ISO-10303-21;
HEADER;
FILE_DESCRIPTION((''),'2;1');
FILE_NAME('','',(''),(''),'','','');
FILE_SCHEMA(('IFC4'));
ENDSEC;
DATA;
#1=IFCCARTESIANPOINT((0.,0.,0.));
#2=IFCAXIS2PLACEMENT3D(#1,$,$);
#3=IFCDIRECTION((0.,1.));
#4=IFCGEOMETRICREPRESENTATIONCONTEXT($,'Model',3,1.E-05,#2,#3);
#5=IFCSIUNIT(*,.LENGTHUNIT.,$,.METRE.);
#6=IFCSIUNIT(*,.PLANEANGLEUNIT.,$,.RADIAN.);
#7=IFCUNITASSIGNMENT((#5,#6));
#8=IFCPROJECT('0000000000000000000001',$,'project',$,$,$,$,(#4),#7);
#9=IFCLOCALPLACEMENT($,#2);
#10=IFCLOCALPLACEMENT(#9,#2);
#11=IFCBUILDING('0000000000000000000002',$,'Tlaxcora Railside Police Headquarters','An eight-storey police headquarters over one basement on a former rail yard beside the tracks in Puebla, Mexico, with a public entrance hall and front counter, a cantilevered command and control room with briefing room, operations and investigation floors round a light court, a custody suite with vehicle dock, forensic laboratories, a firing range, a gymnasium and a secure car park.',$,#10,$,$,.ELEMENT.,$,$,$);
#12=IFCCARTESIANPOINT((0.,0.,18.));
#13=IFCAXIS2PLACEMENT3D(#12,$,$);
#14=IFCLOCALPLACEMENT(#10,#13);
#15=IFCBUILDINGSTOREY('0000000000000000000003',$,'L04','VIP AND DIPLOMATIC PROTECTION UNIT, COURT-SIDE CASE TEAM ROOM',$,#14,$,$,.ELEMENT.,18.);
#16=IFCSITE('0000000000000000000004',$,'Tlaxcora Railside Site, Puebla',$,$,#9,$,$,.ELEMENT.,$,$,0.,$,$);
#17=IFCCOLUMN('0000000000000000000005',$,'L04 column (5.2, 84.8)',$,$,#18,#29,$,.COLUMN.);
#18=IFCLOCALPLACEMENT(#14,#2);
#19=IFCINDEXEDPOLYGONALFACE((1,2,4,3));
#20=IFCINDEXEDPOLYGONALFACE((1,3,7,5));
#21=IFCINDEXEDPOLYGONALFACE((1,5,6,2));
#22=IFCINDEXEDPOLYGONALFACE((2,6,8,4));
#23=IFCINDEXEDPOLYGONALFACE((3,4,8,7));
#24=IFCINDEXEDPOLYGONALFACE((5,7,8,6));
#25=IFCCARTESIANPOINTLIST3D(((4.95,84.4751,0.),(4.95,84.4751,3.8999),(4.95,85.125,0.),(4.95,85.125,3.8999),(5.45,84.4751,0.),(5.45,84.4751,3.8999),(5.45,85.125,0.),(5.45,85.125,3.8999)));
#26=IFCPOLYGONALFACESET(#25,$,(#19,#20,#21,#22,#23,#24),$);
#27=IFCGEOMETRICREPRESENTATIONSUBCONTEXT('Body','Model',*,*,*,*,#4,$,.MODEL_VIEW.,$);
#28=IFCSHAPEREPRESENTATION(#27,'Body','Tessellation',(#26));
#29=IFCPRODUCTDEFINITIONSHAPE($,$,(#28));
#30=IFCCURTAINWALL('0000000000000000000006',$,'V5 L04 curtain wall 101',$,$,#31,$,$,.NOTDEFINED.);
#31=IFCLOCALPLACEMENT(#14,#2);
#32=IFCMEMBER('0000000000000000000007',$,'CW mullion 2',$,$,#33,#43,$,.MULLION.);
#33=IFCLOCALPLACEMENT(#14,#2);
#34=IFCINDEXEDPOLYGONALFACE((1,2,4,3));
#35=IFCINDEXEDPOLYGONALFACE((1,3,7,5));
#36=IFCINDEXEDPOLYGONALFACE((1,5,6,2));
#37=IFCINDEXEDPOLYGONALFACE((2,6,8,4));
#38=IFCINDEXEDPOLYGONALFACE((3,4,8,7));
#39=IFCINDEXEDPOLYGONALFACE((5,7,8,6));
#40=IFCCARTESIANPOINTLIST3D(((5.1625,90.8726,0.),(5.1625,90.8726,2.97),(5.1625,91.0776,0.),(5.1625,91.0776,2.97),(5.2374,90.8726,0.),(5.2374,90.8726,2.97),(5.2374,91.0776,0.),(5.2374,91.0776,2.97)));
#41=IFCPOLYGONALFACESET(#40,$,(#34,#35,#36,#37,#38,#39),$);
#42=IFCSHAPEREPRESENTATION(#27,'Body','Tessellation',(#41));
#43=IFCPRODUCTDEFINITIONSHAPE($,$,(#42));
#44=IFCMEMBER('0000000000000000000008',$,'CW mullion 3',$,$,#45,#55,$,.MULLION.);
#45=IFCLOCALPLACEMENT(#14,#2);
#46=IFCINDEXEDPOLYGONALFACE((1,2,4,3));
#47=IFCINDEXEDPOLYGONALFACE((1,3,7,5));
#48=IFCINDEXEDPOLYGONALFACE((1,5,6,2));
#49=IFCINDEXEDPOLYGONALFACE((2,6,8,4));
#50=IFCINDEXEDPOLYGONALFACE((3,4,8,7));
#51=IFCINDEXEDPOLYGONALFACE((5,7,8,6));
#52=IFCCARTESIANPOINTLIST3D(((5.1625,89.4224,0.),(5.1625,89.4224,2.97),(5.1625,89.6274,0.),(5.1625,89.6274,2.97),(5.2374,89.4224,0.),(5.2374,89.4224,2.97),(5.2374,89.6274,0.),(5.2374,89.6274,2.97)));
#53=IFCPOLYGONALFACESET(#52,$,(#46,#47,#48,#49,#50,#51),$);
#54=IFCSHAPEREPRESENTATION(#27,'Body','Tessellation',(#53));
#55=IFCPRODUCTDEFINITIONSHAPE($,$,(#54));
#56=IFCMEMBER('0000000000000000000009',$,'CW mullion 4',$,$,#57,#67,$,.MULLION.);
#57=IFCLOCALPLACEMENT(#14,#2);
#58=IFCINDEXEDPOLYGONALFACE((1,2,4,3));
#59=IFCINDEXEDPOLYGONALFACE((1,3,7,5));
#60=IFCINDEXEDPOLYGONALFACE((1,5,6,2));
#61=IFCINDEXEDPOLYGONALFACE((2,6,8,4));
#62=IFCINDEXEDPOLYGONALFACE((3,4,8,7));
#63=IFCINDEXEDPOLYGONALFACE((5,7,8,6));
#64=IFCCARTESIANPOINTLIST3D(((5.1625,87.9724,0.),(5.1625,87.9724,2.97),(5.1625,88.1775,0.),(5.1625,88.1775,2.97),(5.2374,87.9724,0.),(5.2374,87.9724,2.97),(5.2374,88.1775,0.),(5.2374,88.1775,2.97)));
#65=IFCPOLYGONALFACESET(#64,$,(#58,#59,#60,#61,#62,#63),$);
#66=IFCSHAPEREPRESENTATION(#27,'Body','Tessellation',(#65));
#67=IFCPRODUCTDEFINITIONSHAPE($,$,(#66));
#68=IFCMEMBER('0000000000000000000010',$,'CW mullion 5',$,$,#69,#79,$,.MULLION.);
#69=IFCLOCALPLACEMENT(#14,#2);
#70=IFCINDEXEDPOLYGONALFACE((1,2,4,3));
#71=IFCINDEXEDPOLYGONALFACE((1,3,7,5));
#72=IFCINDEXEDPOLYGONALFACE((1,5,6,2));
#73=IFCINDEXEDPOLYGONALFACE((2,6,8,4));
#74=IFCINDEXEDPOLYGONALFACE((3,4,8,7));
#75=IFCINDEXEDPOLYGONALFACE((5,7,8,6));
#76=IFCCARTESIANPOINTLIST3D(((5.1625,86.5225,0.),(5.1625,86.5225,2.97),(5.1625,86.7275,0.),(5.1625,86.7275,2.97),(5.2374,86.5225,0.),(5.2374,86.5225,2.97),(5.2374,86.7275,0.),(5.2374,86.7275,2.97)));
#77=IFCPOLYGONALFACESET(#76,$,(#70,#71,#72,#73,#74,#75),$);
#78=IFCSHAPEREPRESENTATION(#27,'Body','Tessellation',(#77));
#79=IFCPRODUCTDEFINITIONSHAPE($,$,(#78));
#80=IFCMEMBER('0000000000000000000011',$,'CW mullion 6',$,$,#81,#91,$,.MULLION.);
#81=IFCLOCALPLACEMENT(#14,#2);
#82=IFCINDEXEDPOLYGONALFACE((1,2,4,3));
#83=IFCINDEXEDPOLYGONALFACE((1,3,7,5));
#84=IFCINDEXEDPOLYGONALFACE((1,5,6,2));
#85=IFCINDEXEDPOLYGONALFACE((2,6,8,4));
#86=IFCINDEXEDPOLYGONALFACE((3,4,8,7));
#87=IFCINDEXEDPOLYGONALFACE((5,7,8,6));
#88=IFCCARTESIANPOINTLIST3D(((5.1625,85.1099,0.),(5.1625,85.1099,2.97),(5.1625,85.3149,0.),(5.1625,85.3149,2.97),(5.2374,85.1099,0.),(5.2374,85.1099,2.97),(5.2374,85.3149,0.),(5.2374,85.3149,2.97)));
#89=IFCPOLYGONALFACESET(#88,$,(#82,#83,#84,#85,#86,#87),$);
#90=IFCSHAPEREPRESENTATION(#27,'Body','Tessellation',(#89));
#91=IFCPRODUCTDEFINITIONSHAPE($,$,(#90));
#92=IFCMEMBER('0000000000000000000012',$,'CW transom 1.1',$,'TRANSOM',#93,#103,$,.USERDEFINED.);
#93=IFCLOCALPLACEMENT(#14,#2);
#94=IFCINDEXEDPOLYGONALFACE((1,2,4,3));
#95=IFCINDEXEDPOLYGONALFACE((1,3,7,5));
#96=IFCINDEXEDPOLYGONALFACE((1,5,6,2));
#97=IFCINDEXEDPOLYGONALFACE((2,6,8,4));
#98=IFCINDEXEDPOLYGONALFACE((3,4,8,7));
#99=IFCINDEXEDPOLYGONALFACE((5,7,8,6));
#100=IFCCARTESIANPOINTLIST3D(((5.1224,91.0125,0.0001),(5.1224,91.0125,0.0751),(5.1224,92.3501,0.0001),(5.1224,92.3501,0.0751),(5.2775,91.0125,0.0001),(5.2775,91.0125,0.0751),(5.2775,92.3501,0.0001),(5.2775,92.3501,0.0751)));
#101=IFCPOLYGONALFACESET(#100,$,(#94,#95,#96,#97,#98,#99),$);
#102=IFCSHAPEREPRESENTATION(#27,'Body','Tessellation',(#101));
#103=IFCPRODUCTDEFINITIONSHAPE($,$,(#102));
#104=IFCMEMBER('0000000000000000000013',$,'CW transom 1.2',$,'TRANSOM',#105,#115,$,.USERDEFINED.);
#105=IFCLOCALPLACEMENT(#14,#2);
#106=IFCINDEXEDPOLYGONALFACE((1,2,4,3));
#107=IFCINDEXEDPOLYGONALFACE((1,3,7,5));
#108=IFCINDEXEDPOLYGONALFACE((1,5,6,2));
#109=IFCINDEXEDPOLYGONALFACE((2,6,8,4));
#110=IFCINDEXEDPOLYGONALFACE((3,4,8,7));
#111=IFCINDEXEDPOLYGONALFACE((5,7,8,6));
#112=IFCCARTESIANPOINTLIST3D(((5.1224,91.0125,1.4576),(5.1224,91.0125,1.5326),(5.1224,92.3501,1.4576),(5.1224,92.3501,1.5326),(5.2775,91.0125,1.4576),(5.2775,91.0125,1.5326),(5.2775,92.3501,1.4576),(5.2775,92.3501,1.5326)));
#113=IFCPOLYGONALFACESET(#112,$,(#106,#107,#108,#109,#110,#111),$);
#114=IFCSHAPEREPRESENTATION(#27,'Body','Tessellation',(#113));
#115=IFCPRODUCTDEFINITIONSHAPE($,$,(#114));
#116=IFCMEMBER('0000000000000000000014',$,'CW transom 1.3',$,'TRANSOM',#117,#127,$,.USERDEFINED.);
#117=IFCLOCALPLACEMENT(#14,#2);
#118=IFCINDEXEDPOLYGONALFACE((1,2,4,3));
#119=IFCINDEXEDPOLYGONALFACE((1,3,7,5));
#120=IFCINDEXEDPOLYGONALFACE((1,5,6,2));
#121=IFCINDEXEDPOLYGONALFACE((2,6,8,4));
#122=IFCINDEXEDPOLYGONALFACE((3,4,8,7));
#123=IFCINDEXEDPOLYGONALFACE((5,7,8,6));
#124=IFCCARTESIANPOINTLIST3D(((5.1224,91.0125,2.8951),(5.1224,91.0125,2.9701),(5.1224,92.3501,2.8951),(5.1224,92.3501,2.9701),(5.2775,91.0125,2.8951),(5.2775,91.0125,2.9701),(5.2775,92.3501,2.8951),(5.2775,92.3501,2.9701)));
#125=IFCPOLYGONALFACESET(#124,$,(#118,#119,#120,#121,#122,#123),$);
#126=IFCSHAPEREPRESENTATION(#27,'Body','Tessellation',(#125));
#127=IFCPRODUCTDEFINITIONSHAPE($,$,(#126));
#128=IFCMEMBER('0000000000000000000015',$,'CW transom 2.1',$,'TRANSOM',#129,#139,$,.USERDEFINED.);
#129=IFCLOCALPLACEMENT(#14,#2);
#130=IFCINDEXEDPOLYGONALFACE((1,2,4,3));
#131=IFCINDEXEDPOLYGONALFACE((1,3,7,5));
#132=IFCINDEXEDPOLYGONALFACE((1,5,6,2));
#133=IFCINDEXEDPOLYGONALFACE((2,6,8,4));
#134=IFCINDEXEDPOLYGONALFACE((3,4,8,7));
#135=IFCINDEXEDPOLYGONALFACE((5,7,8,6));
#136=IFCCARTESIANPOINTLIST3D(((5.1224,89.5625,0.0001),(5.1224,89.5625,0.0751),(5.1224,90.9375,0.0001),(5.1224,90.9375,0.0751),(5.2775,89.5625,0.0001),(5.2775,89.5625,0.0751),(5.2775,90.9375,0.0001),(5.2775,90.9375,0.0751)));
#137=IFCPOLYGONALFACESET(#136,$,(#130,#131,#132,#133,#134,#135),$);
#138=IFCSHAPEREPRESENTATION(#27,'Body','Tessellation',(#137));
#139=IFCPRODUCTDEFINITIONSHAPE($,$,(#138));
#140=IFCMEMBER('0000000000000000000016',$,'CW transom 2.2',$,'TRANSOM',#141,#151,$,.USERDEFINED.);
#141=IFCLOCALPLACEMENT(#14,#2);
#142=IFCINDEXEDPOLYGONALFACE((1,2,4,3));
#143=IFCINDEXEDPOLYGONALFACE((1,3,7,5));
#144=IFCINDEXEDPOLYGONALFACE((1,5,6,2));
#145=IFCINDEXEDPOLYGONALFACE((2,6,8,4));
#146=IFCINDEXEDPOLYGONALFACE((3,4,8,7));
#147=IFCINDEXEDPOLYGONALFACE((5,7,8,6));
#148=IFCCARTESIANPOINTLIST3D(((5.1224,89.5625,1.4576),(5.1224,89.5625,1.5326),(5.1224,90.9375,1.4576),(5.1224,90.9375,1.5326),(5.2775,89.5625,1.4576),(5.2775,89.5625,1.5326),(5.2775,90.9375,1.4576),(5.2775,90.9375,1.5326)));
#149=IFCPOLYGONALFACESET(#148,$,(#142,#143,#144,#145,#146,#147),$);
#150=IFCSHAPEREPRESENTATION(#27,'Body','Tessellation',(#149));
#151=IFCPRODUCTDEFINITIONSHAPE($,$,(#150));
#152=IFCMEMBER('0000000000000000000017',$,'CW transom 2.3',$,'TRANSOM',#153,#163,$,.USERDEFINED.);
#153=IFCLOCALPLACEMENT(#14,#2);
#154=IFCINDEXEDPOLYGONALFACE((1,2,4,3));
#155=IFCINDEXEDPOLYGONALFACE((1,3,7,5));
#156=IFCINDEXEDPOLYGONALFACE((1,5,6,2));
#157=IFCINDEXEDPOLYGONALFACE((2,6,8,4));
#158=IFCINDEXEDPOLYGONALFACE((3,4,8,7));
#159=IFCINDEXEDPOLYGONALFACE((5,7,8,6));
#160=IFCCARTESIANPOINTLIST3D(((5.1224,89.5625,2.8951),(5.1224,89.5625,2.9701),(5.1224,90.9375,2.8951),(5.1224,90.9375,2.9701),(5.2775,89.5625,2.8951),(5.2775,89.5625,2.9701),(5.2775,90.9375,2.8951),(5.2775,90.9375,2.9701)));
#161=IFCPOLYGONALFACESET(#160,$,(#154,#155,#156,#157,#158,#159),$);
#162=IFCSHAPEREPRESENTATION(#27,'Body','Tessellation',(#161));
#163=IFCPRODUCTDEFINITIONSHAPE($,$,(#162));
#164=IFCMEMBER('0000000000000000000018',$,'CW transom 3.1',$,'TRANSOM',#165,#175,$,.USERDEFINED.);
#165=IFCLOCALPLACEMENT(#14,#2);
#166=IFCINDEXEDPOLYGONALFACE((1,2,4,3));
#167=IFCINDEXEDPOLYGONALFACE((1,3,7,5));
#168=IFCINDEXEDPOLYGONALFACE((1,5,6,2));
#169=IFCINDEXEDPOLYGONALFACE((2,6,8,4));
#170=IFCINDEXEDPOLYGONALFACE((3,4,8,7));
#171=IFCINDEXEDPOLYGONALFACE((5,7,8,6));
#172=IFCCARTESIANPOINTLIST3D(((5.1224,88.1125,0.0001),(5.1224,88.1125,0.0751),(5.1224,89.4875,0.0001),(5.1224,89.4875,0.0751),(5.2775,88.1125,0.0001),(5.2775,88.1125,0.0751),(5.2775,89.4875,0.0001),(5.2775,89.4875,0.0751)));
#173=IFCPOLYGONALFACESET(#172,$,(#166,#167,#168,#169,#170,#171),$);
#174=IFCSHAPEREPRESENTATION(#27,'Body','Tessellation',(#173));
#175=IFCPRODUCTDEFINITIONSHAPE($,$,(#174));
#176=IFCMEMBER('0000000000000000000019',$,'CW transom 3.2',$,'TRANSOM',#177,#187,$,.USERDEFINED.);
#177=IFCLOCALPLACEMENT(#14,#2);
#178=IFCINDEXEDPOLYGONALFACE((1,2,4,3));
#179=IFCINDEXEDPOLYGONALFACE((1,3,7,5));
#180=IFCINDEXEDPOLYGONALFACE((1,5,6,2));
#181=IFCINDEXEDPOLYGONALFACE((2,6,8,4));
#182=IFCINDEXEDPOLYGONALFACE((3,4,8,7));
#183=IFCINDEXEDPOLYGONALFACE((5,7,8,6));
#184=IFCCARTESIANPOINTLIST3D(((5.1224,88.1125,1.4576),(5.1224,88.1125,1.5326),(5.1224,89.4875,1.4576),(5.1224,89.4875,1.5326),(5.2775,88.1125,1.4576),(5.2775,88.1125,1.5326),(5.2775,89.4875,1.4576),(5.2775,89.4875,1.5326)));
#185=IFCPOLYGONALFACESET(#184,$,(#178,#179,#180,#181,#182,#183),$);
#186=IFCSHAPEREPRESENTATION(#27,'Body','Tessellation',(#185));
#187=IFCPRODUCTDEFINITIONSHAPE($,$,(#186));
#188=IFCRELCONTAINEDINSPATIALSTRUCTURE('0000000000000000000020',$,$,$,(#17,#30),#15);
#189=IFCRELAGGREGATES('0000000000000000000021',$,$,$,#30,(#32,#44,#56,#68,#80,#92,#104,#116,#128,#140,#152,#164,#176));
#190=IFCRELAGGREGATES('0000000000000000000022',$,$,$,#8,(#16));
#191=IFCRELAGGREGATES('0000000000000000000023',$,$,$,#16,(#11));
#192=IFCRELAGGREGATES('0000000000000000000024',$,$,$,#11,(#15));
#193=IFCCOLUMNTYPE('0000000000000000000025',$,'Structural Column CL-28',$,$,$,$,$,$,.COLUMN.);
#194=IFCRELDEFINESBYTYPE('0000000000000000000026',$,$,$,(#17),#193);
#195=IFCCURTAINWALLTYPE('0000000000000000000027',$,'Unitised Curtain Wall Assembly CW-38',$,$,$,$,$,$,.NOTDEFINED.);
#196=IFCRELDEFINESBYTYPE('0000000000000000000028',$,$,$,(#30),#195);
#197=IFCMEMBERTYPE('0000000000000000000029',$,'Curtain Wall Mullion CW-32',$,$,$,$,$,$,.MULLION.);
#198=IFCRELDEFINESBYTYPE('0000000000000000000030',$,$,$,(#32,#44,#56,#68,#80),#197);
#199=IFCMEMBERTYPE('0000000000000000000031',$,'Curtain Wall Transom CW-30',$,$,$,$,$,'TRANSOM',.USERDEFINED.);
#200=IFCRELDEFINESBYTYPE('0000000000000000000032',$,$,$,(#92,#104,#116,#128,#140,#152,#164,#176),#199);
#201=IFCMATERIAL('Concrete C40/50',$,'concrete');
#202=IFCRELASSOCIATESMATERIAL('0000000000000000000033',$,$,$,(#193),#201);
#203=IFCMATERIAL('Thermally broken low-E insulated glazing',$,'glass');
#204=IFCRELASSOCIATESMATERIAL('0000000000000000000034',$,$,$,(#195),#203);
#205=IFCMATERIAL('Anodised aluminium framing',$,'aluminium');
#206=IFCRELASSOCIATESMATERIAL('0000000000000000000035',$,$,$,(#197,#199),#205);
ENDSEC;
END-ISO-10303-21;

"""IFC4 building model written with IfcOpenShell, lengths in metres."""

from ifc_helpers import new_model, si_unit, direction, frame, origin, origin_2d, place, context, subcontext, project, spatial, rectangle, extrude, material, material_profile, profile_set, type_object, element, aggregate, save


model = new_model("IFC4")

# Units and contexts
model_context = context("Model", 3, precision=1e-05, world=origin(), true_north=direction((0.0, 1.0)))
body_context = subcontext(model_context, "Body", "Model", "MODEL_VIEW")
ifc_project = project(units=[si_unit("LENGTHUNIT", "METRE"), si_unit("PLANEANGLEUNIT", "RADIAN")], contexts=[model_context])

# Site, building, storey
site_placement = place(None, origin())
site = spatial("IfcSite", under=ifc_project, at=site_placement, Name="Tlaxcora Railside Site, Puebla", CompositionType="ELEMENT", RefElevation=0.0)
building_placement = place(site_placement, origin())
building = spatial("IfcBuilding", under=site, at=building_placement, Name="Tlaxcora Railside Police Headquarters", Description="An eight-storey police headquarters over one basement on a former rail yard beside the tracks in Puebla, Mexico, with a public entrance hall and front counter, a cantilevered command and control room with briefing room, operations and investigation floors round a light court, a custody suite with vehicle dock, forensic laboratories, a firing range, a gymnasium and a secure car park.", CompositionType="ELEMENT")
storey_placement = place(building_placement, frame((0.0, 0.0, 18.0)))
storey = spatial("IfcBuildingStorey", under=building, at=storey_placement, Name="L04", Description="VIP AND DIPLOMATIC PROTECTION UNIT, COURT-SIDE CASE TEAM ROOM", CompositionType="ELEMENT", Elevation=18.0)

# Column
ifc_material_1 = material(Name="Concrete C40/50", Category="concrete")
ifc_material_profile_1 = material_profile(ifc_material_1, rectangle(XDim=0.5, YDim=0.6499, at=origin_2d()), Name="RC500X650")
ifc_profile_set_1 = profile_set([ifc_material_profile_1], Name="Concrete C40/50")
column_type = type_object("IfcColumnType", Name="Structural Column CL-28", PredefinedType="COLUMN", material=ifc_profile_set_1)
column_placement = place(storey_placement, frame((5.2, 84.8, 0.0), z_axis=(0.0, 0.0, 1.0), x_axis=(1.0, 0.0, 0.0)))
element("IfcColumn", 1, at=column_placement, inside=storey, type_object=column_type, Name="L04 column (5.2, 84.8)", PredefinedType="COLUMN", context=body_context, shape_type="SweptSolid", body=[
    extrude(rectangle(XDim=0.5, YDim=0.6499, at=origin_2d()), origin(), (0.0, 0.0, 1.0), 3.8999),
])

# Curtain wall, members
ifc_material_2 = material(Name="Thermally broken low-E insulated glazing", Category="glass")
curtain_wall_type = type_object("IfcCurtainWallType", Name="Unitised Curtain Wall Assembly CW-38", PredefinedType="NOTDEFINED", material=ifc_material_2)
curtain_wall_placement = place(storey_placement, origin())
curtain_wall = element("IfcCurtainWall", 2, at=curtain_wall_placement, inside=storey, type_object=curtain_wall_type, Name="V5 L04 curtain wall 101", PredefinedType="NOTDEFINED")
ifc_material_3 = material(Name="Anodised aluminium framing", Category="aluminium")
ifc_material_profile_2 = material_profile(ifc_material_3, rectangle(XDim=0.075, YDim=0.2051, at=origin_2d()), Name="AL75X205")
ifc_profile_set_2 = profile_set([ifc_material_profile_2], Name="Anodised aluminium framing")
member_type_1 = type_object("IfcMemberType", Name="Curtain Wall Mullion CW-32", PredefinedType="MULLION", material=ifc_profile_set_2)
member_1_placement = place(storey_placement, frame((5.2, 90.9751, 0.0), z_axis=(0.0, 0.0, 1.0), x_axis=(1.0, 0.0, 0.0)))
member_1 = element("IfcMember", 3, at=member_1_placement, type_object=member_type_1, Name="CW mullion 2", PredefinedType="MULLION", context=body_context, shape_type="SweptSolid", body=[
    extrude(rectangle(XDim=0.075, YDim=0.2051, at=origin_2d()), origin(), (0.0, 0.0, 1.0), 2.97),
])
member_2_placement = place(storey_placement, frame((5.2, 89.5249, 0.0), z_axis=(0.0, 0.0, 1.0), x_axis=(1.0, 0.0, 0.0)))
member_2 = element("IfcMember", 4, at=member_2_placement, type_object=member_type_1, Name="CW mullion 3", PredefinedType="MULLION", context=body_context, shape_type="SweptSolid", body=[
    extrude(rectangle(XDim=0.075, YDim=0.2051, at=origin_2d()), origin(), (0.0, 0.0, 1.0), 2.97),
])
member_3_placement = place(storey_placement, frame((5.2, 88.075, 0.0), z_axis=(0.0, 0.0, 1.0), x_axis=(1.0, 0.0, 0.0)))
member_3 = element("IfcMember", 5, at=member_3_placement, type_object=member_type_1, Name="CW mullion 4", PredefinedType="MULLION", context=body_context, shape_type="SweptSolid", body=[
    extrude(rectangle(XDim=0.075, YDim=0.2051, at=origin_2d()), origin(), (0.0, 0.0, 1.0), 2.97),
])
member_4_placement = place(storey_placement, frame((5.2, 86.625, 0.0), z_axis=(0.0, 0.0, 1.0), x_axis=(1.0, 0.0, 0.0)))
member_4 = element("IfcMember", 6, at=member_4_placement, type_object=member_type_1, Name="CW mullion 5", PredefinedType="MULLION", context=body_context, shape_type="SweptSolid", body=[
    extrude(rectangle(XDim=0.075, YDim=0.2051, at=origin_2d()), origin(), (0.0, 0.0, 1.0), 2.97),
])
member_5_placement = place(storey_placement, frame((5.2, 85.2124, 0.0), z_axis=(0.0, 0.0, 1.0), x_axis=(1.0, 0.0, 0.0)))
member_5 = element("IfcMember", 7, at=member_5_placement, type_object=member_type_1, Name="CW mullion 6", PredefinedType="MULLION", context=body_context, shape_type="SweptSolid", body=[
    extrude(rectangle(XDim=0.075, YDim=0.2051, at=origin_2d()), origin(), (0.0, 0.0, 1.0), 2.97),
])
ifc_material_profile_3 = material_profile(ifc_material_3, rectangle(XDim=0.155, YDim=0.075, at=origin_2d()), Name="AL75X155")
ifc_profile_set_3 = profile_set([ifc_material_profile_3], Name="Anodised aluminium framing")
member_type_2 = type_object("IfcMemberType", Name="Curtain Wall Transom CW-30", ElementType="TRANSOM", PredefinedType="USERDEFINED", material=ifc_profile_set_3)
member_6_placement = place(storey_placement, frame((5.2, 92.3501, 0.0376), z_axis=(0.0, -1.0, 0.0), x_axis=(1.0, 0.0, 0.0)))
member_6 = element("IfcMember", 8, at=member_6_placement, type_object=member_type_2, Name="CW transom 1.1", ObjectType="TRANSOM", PredefinedType="USERDEFINED", context=body_context, shape_type="SweptSolid", body=[
    extrude(rectangle(XDim=0.155, YDim=0.075, at=origin_2d()), origin(), (0.0, 0.0, 1.0), 1.3376),
])
member_7_placement = place(storey_placement, frame((5.2, 92.3501, 1.4951), z_axis=(0.0, -1.0, 0.0), x_axis=(1.0, 0.0, 0.0)))
member_7 = element("IfcMember", 9, at=member_7_placement, type_object=member_type_2, Name="CW transom 1.2", ObjectType="TRANSOM", PredefinedType="USERDEFINED", context=body_context, shape_type="SweptSolid", body=[
    extrude(rectangle(XDim=0.155, YDim=0.075, at=origin_2d()), origin(), (0.0, 0.0, 1.0), 1.3376),
])
member_8_placement = place(storey_placement, frame((5.2, 92.3501, 2.9326), z_axis=(0.0, -1.0, 0.0), x_axis=(1.0, 0.0, 0.0)))
member_8 = element("IfcMember", 10, at=member_8_placement, type_object=member_type_2, Name="CW transom 1.3", ObjectType="TRANSOM", PredefinedType="USERDEFINED", context=body_context, shape_type="SweptSolid", body=[
    extrude(rectangle(XDim=0.155, YDim=0.075, at=origin_2d()), origin(), (0.0, 0.0, 1.0), 1.3376),
])
member_9_placement = place(storey_placement, frame((5.2, 90.9375, 0.0376), z_axis=(0.0, -1.0, 0.0), x_axis=(1.0, 0.0, 0.0)))
member_9 = element("IfcMember", 11, at=member_9_placement, type_object=member_type_2, Name="CW transom 2.1", ObjectType="TRANSOM", PredefinedType="USERDEFINED", context=body_context, shape_type="SweptSolid", body=[
    extrude(rectangle(XDim=0.155, YDim=0.075, at=origin_2d()), origin(), (0.0, 0.0, 1.0), 1.375),
])
member_10_placement = place(storey_placement, frame((5.2, 90.9375, 1.4951), z_axis=(0.0, -1.0, 0.0), x_axis=(1.0, 0.0, 0.0)))
member_10 = element("IfcMember", 12, at=member_10_placement, type_object=member_type_2, Name="CW transom 2.2", ObjectType="TRANSOM", PredefinedType="USERDEFINED", context=body_context, shape_type="SweptSolid", body=[
    extrude(rectangle(XDim=0.155, YDim=0.075, at=origin_2d()), origin(), (0.0, 0.0, 1.0), 1.375),
])
member_11_placement = place(storey_placement, frame((5.2, 90.9375, 2.9326), z_axis=(0.0, -1.0, 0.0), x_axis=(1.0, 0.0, 0.0)))
member_11 = element("IfcMember", 13, at=member_11_placement, type_object=member_type_2, Name="CW transom 2.3", ObjectType="TRANSOM", PredefinedType="USERDEFINED", context=body_context, shape_type="SweptSolid", body=[
    extrude(rectangle(XDim=0.155, YDim=0.075, at=origin_2d()), origin(), (0.0, 0.0, 1.0), 1.375),
])
member_12_placement = place(storey_placement, frame((5.2, 89.4875, 0.0376), z_axis=(0.0, -1.0, 0.0), x_axis=(1.0, 0.0, 0.0)))
member_12 = element("IfcMember", 14, at=member_12_placement, type_object=member_type_2, Name="CW transom 3.1", ObjectType="TRANSOM", PredefinedType="USERDEFINED", context=body_context, shape_type="SweptSolid", body=[
    extrude(rectangle(XDim=0.155, YDim=0.075, at=origin_2d()), origin(), (0.0, 0.0, 1.0), 1.375),
])
member_13_placement = place(storey_placement, frame((5.2, 89.4875, 1.4951), z_axis=(0.0, -1.0, 0.0), x_axis=(1.0, 0.0, 0.0)))
member_13 = element("IfcMember", 15, at=member_13_placement, type_object=member_type_2, Name="CW transom 3.2", ObjectType="TRANSOM", PredefinedType="USERDEFINED", context=body_context, shape_type="SweptSolid", body=[
    extrude(rectangle(XDim=0.155, YDim=0.075, at=origin_2d()), origin(), (0.0, 0.0, 1.0), 1.375),
])

aggregate(curtain_wall, [member_1, member_2, member_3, member_4, member_5, member_6, member_7, member_8, member_9, member_10, member_11, member_12, member_13])

save(model, "model.ifc")
